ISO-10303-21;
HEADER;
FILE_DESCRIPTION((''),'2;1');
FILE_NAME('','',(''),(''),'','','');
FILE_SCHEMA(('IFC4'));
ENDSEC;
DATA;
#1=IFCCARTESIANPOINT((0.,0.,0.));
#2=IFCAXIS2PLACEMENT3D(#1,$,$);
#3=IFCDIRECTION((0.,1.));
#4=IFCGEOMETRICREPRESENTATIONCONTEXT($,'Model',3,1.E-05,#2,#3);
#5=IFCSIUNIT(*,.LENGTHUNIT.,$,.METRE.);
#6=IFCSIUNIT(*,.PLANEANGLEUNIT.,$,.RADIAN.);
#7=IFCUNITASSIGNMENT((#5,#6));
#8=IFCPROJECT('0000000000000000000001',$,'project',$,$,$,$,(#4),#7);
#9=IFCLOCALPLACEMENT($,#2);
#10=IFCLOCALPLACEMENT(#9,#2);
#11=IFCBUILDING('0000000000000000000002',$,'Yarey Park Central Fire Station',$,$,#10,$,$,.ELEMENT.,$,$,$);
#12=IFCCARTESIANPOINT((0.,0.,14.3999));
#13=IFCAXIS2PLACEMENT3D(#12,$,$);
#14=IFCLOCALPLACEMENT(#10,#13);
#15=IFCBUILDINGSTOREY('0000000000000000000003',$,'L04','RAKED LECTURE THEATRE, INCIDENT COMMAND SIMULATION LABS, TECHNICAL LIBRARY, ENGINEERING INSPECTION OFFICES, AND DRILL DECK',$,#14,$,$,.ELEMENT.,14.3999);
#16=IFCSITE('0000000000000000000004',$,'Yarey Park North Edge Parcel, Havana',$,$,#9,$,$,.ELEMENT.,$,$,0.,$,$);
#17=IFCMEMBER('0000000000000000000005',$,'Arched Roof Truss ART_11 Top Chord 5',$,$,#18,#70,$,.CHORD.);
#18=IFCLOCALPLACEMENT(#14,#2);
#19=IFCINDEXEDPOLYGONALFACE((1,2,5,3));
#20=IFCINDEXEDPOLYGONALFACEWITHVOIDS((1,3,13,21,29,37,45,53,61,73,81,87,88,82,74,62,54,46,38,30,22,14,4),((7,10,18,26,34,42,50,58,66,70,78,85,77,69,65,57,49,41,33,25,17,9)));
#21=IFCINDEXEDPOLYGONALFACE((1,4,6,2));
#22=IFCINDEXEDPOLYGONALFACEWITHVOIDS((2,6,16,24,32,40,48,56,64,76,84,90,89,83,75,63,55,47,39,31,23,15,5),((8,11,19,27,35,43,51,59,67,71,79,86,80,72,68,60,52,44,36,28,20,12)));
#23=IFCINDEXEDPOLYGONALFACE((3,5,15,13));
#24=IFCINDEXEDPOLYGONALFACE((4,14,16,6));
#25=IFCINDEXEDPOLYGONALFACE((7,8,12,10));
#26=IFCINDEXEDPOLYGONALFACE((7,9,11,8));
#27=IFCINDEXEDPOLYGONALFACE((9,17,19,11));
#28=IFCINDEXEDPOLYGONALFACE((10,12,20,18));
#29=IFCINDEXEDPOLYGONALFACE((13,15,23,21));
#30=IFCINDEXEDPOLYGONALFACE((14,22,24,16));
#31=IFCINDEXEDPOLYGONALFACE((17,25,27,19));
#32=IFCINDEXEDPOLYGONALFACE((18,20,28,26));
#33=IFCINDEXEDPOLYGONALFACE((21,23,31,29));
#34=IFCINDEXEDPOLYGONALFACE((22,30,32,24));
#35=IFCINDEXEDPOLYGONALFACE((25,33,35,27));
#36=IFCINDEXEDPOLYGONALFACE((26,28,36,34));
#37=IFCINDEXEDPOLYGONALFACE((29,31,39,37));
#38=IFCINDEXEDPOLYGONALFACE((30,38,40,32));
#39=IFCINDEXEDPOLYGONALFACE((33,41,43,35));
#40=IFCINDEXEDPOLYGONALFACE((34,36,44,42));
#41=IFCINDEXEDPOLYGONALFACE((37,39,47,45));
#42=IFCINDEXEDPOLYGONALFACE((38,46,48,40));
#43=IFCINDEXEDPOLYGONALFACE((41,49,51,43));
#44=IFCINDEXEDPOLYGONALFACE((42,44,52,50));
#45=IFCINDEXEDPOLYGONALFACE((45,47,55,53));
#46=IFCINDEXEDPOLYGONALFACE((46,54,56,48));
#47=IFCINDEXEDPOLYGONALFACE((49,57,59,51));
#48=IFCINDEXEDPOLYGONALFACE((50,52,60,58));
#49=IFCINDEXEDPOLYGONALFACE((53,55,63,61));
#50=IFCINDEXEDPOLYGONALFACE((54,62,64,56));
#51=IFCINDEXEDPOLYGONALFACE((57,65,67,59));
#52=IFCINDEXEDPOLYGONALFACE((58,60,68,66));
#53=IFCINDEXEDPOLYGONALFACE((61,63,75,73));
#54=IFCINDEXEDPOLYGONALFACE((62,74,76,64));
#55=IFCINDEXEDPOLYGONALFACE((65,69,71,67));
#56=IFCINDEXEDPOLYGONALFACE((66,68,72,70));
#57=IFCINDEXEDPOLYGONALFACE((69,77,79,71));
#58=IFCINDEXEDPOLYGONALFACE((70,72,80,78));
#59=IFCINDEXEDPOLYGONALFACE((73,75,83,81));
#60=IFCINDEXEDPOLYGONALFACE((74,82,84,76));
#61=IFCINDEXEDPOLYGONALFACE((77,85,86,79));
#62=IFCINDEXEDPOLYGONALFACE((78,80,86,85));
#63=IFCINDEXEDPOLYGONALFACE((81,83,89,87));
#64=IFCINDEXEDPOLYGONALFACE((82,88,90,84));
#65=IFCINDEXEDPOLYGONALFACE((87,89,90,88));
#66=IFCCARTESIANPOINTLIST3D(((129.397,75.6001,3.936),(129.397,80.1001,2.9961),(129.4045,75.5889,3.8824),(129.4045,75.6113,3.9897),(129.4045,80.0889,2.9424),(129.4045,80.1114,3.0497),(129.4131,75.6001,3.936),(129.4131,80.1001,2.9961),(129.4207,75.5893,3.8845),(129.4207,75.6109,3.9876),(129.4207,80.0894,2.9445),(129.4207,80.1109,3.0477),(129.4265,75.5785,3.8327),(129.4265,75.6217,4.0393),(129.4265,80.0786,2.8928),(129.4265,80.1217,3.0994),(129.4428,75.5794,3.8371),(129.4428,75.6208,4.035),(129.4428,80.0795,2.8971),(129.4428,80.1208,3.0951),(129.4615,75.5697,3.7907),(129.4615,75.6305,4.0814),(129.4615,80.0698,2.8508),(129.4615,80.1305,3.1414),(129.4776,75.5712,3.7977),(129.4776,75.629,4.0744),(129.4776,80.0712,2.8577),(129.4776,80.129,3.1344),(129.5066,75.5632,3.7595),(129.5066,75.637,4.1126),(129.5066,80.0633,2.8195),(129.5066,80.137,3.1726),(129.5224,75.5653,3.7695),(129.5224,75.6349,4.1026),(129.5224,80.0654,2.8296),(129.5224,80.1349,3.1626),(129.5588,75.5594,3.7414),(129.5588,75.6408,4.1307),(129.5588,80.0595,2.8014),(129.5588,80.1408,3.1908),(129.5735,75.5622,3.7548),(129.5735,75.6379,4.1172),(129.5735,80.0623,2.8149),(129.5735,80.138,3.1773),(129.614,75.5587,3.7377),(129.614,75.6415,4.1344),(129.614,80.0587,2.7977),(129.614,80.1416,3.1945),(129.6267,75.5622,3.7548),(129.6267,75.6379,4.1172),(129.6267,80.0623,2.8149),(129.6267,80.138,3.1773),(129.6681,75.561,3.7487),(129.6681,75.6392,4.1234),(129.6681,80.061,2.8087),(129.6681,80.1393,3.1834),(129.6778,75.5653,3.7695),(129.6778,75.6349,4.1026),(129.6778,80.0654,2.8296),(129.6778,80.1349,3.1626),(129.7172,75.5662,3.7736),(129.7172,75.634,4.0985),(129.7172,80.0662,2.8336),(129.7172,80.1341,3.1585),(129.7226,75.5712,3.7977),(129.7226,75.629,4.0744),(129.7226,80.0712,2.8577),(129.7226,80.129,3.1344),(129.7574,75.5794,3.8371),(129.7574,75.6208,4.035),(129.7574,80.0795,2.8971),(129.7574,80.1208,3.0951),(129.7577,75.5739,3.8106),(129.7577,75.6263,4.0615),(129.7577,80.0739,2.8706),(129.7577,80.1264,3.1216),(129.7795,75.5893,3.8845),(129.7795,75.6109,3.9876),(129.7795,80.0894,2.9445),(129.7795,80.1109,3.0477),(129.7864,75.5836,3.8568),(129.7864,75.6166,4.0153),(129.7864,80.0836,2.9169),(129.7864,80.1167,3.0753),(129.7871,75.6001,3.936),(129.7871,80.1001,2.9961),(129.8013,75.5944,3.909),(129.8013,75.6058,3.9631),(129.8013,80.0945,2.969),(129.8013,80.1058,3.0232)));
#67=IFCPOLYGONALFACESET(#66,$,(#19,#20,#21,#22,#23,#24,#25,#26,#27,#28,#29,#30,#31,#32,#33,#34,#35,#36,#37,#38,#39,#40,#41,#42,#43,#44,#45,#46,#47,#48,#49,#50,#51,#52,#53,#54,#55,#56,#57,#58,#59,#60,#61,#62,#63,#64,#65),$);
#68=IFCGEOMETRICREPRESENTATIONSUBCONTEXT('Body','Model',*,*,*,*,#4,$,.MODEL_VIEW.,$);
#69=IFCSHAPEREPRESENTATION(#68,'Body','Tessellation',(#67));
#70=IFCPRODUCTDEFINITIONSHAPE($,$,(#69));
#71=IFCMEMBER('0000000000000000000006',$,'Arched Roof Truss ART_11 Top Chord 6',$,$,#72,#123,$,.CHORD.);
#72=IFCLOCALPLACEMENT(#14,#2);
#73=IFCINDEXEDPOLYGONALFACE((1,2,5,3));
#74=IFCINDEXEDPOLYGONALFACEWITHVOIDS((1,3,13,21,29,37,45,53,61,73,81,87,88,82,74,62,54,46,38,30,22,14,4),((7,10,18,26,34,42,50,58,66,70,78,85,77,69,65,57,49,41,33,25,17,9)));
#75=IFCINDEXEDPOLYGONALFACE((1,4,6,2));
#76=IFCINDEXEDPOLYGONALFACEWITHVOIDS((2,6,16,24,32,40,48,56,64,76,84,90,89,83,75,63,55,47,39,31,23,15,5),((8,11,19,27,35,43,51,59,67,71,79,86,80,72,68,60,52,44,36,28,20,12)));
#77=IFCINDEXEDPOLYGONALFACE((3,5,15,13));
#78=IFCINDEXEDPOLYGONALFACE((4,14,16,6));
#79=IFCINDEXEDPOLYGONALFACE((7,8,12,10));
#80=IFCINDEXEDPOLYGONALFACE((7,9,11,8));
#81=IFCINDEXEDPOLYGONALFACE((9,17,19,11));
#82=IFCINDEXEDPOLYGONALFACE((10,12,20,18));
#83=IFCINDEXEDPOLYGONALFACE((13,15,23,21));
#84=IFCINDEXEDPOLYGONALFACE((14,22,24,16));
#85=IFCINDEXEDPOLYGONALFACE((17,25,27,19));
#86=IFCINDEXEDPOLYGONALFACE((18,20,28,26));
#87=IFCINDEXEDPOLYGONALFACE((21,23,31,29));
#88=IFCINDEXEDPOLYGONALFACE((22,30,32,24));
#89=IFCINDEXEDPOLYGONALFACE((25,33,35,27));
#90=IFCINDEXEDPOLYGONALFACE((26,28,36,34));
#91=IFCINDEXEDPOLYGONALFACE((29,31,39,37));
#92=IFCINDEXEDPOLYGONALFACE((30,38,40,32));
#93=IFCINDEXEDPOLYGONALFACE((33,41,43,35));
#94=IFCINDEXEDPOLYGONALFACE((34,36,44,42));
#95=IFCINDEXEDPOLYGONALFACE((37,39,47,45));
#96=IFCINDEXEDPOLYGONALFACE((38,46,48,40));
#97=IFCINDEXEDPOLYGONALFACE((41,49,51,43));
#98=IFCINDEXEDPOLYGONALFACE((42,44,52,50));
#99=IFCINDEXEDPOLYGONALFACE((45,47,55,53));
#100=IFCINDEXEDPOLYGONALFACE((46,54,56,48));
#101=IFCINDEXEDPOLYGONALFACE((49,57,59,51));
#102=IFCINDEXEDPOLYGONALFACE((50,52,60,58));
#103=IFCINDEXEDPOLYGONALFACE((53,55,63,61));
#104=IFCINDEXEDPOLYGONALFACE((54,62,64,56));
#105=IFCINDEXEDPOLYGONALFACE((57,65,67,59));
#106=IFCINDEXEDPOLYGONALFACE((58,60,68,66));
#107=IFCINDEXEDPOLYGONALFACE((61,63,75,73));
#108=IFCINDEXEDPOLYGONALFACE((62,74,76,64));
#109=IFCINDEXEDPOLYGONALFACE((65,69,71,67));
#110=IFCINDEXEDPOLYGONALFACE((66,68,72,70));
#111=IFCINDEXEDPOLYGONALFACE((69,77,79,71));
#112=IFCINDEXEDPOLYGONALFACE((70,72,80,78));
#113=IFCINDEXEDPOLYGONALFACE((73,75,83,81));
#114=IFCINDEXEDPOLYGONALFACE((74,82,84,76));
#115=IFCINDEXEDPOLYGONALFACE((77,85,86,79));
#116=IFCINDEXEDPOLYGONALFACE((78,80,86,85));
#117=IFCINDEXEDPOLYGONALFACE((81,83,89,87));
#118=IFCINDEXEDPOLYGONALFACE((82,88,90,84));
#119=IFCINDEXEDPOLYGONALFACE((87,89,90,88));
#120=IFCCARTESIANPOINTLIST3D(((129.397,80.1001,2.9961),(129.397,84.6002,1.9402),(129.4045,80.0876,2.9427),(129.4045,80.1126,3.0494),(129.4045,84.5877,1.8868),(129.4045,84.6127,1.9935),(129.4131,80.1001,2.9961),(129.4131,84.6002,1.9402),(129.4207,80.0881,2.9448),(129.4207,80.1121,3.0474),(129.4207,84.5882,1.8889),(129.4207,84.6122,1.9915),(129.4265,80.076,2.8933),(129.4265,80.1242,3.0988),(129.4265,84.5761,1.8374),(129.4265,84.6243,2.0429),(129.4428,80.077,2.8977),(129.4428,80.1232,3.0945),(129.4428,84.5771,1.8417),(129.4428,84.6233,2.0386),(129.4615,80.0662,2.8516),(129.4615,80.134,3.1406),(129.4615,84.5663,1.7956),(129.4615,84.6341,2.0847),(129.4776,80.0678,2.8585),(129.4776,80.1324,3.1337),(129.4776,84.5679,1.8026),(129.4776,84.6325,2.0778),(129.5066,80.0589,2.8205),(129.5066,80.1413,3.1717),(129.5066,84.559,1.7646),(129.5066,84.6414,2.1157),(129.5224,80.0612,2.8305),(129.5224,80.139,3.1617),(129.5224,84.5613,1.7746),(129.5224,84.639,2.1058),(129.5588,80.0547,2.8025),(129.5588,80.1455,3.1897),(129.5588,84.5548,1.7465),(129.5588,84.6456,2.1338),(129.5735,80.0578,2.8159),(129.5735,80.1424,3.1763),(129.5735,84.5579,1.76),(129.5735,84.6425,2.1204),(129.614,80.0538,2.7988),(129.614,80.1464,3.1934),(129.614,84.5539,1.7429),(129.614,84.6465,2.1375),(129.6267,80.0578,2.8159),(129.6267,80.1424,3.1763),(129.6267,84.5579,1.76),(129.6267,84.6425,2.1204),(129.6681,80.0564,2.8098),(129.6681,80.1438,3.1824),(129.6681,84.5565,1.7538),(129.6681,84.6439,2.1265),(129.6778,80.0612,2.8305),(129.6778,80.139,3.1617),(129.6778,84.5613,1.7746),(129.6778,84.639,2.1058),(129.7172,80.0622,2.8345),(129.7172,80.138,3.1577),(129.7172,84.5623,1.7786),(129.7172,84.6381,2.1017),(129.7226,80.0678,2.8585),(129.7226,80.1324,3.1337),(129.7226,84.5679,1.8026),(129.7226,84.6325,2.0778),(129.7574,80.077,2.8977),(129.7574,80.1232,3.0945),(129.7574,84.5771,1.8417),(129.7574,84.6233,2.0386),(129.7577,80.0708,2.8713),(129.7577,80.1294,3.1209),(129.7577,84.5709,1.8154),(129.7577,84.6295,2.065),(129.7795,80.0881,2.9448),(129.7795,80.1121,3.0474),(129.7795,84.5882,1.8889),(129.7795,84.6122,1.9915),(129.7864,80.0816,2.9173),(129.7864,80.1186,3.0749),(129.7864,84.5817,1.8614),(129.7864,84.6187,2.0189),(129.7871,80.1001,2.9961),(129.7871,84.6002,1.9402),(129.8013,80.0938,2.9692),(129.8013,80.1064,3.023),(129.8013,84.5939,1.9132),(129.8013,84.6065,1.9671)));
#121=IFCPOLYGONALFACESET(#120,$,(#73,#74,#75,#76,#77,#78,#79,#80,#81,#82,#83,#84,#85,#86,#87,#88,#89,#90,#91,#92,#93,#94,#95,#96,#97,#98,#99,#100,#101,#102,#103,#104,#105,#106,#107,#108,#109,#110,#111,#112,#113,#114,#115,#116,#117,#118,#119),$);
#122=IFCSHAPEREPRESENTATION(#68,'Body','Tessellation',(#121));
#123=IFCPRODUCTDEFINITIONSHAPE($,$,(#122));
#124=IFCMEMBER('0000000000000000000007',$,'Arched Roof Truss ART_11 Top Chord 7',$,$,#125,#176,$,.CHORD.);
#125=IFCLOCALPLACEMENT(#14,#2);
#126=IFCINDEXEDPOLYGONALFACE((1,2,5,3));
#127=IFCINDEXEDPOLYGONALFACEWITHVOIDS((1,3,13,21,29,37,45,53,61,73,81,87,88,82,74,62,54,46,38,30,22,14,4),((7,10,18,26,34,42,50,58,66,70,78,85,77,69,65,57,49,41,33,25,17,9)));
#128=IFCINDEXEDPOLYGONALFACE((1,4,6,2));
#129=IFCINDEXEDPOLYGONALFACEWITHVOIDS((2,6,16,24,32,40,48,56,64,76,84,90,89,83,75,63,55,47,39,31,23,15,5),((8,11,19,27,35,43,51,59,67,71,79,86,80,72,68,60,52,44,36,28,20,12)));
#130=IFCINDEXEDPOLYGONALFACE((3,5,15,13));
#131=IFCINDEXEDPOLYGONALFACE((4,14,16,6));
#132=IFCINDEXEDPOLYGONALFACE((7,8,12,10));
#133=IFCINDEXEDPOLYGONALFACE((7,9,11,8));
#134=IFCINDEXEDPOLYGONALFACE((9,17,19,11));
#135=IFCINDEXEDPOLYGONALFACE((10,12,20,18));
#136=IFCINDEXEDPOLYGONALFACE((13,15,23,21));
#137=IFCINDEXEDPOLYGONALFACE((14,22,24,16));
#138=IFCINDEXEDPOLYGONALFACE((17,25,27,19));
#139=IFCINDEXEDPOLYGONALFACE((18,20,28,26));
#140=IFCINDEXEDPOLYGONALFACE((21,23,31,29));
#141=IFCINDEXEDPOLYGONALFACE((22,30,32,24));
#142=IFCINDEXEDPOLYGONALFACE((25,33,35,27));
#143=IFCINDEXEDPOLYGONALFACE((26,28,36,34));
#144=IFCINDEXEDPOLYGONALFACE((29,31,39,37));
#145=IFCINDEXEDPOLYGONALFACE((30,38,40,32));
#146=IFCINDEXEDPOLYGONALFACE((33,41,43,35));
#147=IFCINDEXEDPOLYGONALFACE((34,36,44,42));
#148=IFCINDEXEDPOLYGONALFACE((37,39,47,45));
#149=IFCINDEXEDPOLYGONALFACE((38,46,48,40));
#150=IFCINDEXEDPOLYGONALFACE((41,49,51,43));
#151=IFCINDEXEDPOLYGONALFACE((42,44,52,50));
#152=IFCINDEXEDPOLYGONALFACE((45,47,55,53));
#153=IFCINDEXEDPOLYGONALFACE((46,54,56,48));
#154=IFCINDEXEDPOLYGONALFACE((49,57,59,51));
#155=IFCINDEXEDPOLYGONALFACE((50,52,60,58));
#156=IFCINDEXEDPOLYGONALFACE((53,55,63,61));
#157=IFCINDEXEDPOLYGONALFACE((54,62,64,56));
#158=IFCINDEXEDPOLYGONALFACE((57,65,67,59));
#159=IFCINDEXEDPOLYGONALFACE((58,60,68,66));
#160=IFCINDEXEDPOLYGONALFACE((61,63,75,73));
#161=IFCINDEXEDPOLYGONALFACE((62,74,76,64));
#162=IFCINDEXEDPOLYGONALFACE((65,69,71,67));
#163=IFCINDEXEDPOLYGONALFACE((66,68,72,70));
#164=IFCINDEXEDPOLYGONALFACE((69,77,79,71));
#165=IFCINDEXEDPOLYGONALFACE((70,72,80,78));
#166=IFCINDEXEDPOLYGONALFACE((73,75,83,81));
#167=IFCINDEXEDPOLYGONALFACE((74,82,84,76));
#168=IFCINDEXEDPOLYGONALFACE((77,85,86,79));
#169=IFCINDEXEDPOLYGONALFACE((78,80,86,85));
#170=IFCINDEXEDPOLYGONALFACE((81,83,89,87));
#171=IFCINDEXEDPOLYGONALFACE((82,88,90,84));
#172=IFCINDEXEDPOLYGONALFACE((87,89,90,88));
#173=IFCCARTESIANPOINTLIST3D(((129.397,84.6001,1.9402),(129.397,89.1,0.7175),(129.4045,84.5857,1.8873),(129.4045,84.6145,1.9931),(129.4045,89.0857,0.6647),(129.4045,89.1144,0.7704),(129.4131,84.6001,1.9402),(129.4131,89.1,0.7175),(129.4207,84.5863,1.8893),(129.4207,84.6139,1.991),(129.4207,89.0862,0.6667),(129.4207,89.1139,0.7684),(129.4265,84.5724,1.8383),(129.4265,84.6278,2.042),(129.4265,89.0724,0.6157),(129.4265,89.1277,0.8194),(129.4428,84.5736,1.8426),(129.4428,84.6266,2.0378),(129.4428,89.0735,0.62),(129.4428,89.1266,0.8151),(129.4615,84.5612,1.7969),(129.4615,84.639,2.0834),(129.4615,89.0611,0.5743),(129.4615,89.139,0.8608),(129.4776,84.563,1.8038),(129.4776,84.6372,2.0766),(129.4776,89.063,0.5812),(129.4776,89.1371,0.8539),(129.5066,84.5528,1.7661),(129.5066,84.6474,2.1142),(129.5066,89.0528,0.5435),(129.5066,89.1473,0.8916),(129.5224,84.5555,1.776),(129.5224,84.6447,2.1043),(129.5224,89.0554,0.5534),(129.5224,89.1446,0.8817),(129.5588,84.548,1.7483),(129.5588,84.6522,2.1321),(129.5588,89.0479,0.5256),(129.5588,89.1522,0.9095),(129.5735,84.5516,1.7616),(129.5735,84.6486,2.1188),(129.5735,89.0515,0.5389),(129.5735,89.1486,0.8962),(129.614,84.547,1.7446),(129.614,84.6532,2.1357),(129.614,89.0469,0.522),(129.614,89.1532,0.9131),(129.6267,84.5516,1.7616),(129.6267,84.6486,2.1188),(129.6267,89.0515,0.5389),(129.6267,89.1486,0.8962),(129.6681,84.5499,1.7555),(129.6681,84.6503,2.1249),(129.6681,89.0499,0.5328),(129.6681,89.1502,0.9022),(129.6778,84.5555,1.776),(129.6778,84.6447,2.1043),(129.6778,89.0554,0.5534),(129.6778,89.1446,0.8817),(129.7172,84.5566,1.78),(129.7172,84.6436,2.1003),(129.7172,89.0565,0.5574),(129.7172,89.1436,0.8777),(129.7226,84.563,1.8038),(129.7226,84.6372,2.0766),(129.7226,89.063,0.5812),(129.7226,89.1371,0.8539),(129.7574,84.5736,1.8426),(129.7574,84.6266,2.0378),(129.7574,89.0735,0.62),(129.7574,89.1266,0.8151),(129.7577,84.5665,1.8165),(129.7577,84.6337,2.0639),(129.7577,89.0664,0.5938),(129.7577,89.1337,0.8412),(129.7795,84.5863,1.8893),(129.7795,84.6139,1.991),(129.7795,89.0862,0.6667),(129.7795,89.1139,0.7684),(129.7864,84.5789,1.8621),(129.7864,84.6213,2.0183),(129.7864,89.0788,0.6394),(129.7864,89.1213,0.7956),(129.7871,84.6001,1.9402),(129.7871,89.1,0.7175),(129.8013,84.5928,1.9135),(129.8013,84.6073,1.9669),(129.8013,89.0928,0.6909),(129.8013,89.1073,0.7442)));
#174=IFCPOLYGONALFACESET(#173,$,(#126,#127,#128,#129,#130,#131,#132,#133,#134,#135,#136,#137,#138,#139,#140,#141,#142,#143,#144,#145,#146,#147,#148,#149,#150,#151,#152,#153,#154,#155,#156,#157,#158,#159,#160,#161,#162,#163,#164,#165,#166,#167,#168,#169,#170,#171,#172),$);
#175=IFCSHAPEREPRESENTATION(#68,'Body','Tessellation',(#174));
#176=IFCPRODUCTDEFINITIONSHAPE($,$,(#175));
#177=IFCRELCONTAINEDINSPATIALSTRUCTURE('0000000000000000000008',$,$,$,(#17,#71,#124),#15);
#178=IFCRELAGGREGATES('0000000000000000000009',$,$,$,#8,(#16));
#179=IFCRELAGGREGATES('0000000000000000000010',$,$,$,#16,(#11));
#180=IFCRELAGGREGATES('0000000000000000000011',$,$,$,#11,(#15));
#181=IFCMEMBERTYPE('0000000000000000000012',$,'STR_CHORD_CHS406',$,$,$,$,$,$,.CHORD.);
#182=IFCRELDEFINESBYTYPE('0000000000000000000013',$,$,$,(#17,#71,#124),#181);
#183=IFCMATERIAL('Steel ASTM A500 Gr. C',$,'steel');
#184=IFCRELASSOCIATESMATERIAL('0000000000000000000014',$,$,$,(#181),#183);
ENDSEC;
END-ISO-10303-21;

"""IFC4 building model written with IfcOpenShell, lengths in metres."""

from ifc_helpers import new_model, si_unit, direction, frame, origin, origin_2d, place, context, subcontext, project, spatial, hollow_circle, extrude, material, material_profile, profile_set, type_object, element, save


model = new_model("IFC4")

# Units and contexts
model_context = context("Model", 3, precision=1e-05, world=origin(), true_north=direction((0.0, 1.0)))
body_context = subcontext(model_context, "Body", "Model", "MODEL_VIEW")
ifc_project = project(units=[si_unit("LENGTHUNIT", "METRE"), si_unit("PLANEANGLEUNIT", "RADIAN")], contexts=[model_context])

# Site, building, storey
site_placement = place(None, origin())
site = spatial("IfcSite", under=ifc_project, at=site_placement, Name="Yarey Park North Edge Parcel, Havana", CompositionType="ELEMENT", RefElevation=0.0)
building_placement = place(site_placement, origin())
building = spatial("IfcBuilding", under=site, at=building_placement, Name="Yarey Park Central Fire Station", CompositionType="ELEMENT")
storey_placement = place(building_placement, frame((0.0, 0.0, 14.3999)))
storey = spatial("IfcBuildingStorey", under=building, at=storey_placement, Name="L04", Description="RAKED LECTURE THEATRE, INCIDENT COMMAND SIMULATION LABS, TECHNICAL LIBRARY, ENGINEERING INSPECTION OFFICES, AND DRILL DECK", CompositionType="ELEMENT", Elevation=14.3999)

# Members
ifc_material_1 = material(Name="Steel ASTM A500 Gr. C", Category="steel")
ifc_material_profile_1 = material_profile(ifc_material_1, hollow_circle(Radius=0.2031, WallThickness=0.0161, at=origin_2d()), Name="CHS 406.4x16")
ifc_profile_set_1 = profile_set([ifc_material_profile_1], Name="Steel ASTM A500 Gr. C")
member_type_1 = type_object("IfcMemberType", Name="STR_CHORD_CHS406", PredefinedType="CHORD", material=ifc_profile_set_1)
member_1_placement = place(storey_placement, frame((129.6001, 75.6001, 3.936), z_axis=(0.0, 0.978874, -0.204463), x_axis=(-1.0, 0.0, 0.0)))
element("IfcMember", 1, at=member_1_placement, inside=storey, type_object=member_type_1, Name="Arched Roof Truss ART_11 Top Chord 5", PredefinedType="CHORD", context=body_context, shape_type="SweptSolid", body=[
    extrude(hollow_circle(Radius=0.2031, WallThickness=0.0161, at=origin_2d()), origin(), (0.0, 0.0, 1.0), 4.5972),
])
member_2_placement = place(storey_placement, frame((129.6001, 80.1001, 2.9961), z_axis=(0.0, 0.973558, -0.228442), x_axis=(-1.0, 0.0, 0.0)))
element("IfcMember", 2, at=member_2_placement, inside=storey, type_object=member_type_1, Name="Arched Roof Truss ART_11 Top Chord 6", PredefinedType="CHORD", context=body_context, shape_type="SweptSolid", body=[
    extrude(hollow_circle(Radius=0.2031, WallThickness=0.0161, at=origin_2d()), origin(), (0.0, 0.0, 1.0), 4.6223),
])
member_3_placement = place(storey_placement, frame((129.6001, 84.6001, 1.9402), z_axis=(0.0, 0.965015, -0.262196), x_axis=(-1.0, 0.0, 0.0)))
element("IfcMember", 3, at=member_3_placement, inside=storey, type_object=member_type_1, Name="Arched Roof Truss ART_11 Top Chord 7", PredefinedType="CHORD", context=body_context, shape_type="SweptSolid", body=[
    extrude(hollow_circle(Radius=0.2031, WallThickness=0.0161, at=origin_2d()), origin(), (0.0, 0.0, 1.0), 4.6631),
])

save(model, "model.ifc")
